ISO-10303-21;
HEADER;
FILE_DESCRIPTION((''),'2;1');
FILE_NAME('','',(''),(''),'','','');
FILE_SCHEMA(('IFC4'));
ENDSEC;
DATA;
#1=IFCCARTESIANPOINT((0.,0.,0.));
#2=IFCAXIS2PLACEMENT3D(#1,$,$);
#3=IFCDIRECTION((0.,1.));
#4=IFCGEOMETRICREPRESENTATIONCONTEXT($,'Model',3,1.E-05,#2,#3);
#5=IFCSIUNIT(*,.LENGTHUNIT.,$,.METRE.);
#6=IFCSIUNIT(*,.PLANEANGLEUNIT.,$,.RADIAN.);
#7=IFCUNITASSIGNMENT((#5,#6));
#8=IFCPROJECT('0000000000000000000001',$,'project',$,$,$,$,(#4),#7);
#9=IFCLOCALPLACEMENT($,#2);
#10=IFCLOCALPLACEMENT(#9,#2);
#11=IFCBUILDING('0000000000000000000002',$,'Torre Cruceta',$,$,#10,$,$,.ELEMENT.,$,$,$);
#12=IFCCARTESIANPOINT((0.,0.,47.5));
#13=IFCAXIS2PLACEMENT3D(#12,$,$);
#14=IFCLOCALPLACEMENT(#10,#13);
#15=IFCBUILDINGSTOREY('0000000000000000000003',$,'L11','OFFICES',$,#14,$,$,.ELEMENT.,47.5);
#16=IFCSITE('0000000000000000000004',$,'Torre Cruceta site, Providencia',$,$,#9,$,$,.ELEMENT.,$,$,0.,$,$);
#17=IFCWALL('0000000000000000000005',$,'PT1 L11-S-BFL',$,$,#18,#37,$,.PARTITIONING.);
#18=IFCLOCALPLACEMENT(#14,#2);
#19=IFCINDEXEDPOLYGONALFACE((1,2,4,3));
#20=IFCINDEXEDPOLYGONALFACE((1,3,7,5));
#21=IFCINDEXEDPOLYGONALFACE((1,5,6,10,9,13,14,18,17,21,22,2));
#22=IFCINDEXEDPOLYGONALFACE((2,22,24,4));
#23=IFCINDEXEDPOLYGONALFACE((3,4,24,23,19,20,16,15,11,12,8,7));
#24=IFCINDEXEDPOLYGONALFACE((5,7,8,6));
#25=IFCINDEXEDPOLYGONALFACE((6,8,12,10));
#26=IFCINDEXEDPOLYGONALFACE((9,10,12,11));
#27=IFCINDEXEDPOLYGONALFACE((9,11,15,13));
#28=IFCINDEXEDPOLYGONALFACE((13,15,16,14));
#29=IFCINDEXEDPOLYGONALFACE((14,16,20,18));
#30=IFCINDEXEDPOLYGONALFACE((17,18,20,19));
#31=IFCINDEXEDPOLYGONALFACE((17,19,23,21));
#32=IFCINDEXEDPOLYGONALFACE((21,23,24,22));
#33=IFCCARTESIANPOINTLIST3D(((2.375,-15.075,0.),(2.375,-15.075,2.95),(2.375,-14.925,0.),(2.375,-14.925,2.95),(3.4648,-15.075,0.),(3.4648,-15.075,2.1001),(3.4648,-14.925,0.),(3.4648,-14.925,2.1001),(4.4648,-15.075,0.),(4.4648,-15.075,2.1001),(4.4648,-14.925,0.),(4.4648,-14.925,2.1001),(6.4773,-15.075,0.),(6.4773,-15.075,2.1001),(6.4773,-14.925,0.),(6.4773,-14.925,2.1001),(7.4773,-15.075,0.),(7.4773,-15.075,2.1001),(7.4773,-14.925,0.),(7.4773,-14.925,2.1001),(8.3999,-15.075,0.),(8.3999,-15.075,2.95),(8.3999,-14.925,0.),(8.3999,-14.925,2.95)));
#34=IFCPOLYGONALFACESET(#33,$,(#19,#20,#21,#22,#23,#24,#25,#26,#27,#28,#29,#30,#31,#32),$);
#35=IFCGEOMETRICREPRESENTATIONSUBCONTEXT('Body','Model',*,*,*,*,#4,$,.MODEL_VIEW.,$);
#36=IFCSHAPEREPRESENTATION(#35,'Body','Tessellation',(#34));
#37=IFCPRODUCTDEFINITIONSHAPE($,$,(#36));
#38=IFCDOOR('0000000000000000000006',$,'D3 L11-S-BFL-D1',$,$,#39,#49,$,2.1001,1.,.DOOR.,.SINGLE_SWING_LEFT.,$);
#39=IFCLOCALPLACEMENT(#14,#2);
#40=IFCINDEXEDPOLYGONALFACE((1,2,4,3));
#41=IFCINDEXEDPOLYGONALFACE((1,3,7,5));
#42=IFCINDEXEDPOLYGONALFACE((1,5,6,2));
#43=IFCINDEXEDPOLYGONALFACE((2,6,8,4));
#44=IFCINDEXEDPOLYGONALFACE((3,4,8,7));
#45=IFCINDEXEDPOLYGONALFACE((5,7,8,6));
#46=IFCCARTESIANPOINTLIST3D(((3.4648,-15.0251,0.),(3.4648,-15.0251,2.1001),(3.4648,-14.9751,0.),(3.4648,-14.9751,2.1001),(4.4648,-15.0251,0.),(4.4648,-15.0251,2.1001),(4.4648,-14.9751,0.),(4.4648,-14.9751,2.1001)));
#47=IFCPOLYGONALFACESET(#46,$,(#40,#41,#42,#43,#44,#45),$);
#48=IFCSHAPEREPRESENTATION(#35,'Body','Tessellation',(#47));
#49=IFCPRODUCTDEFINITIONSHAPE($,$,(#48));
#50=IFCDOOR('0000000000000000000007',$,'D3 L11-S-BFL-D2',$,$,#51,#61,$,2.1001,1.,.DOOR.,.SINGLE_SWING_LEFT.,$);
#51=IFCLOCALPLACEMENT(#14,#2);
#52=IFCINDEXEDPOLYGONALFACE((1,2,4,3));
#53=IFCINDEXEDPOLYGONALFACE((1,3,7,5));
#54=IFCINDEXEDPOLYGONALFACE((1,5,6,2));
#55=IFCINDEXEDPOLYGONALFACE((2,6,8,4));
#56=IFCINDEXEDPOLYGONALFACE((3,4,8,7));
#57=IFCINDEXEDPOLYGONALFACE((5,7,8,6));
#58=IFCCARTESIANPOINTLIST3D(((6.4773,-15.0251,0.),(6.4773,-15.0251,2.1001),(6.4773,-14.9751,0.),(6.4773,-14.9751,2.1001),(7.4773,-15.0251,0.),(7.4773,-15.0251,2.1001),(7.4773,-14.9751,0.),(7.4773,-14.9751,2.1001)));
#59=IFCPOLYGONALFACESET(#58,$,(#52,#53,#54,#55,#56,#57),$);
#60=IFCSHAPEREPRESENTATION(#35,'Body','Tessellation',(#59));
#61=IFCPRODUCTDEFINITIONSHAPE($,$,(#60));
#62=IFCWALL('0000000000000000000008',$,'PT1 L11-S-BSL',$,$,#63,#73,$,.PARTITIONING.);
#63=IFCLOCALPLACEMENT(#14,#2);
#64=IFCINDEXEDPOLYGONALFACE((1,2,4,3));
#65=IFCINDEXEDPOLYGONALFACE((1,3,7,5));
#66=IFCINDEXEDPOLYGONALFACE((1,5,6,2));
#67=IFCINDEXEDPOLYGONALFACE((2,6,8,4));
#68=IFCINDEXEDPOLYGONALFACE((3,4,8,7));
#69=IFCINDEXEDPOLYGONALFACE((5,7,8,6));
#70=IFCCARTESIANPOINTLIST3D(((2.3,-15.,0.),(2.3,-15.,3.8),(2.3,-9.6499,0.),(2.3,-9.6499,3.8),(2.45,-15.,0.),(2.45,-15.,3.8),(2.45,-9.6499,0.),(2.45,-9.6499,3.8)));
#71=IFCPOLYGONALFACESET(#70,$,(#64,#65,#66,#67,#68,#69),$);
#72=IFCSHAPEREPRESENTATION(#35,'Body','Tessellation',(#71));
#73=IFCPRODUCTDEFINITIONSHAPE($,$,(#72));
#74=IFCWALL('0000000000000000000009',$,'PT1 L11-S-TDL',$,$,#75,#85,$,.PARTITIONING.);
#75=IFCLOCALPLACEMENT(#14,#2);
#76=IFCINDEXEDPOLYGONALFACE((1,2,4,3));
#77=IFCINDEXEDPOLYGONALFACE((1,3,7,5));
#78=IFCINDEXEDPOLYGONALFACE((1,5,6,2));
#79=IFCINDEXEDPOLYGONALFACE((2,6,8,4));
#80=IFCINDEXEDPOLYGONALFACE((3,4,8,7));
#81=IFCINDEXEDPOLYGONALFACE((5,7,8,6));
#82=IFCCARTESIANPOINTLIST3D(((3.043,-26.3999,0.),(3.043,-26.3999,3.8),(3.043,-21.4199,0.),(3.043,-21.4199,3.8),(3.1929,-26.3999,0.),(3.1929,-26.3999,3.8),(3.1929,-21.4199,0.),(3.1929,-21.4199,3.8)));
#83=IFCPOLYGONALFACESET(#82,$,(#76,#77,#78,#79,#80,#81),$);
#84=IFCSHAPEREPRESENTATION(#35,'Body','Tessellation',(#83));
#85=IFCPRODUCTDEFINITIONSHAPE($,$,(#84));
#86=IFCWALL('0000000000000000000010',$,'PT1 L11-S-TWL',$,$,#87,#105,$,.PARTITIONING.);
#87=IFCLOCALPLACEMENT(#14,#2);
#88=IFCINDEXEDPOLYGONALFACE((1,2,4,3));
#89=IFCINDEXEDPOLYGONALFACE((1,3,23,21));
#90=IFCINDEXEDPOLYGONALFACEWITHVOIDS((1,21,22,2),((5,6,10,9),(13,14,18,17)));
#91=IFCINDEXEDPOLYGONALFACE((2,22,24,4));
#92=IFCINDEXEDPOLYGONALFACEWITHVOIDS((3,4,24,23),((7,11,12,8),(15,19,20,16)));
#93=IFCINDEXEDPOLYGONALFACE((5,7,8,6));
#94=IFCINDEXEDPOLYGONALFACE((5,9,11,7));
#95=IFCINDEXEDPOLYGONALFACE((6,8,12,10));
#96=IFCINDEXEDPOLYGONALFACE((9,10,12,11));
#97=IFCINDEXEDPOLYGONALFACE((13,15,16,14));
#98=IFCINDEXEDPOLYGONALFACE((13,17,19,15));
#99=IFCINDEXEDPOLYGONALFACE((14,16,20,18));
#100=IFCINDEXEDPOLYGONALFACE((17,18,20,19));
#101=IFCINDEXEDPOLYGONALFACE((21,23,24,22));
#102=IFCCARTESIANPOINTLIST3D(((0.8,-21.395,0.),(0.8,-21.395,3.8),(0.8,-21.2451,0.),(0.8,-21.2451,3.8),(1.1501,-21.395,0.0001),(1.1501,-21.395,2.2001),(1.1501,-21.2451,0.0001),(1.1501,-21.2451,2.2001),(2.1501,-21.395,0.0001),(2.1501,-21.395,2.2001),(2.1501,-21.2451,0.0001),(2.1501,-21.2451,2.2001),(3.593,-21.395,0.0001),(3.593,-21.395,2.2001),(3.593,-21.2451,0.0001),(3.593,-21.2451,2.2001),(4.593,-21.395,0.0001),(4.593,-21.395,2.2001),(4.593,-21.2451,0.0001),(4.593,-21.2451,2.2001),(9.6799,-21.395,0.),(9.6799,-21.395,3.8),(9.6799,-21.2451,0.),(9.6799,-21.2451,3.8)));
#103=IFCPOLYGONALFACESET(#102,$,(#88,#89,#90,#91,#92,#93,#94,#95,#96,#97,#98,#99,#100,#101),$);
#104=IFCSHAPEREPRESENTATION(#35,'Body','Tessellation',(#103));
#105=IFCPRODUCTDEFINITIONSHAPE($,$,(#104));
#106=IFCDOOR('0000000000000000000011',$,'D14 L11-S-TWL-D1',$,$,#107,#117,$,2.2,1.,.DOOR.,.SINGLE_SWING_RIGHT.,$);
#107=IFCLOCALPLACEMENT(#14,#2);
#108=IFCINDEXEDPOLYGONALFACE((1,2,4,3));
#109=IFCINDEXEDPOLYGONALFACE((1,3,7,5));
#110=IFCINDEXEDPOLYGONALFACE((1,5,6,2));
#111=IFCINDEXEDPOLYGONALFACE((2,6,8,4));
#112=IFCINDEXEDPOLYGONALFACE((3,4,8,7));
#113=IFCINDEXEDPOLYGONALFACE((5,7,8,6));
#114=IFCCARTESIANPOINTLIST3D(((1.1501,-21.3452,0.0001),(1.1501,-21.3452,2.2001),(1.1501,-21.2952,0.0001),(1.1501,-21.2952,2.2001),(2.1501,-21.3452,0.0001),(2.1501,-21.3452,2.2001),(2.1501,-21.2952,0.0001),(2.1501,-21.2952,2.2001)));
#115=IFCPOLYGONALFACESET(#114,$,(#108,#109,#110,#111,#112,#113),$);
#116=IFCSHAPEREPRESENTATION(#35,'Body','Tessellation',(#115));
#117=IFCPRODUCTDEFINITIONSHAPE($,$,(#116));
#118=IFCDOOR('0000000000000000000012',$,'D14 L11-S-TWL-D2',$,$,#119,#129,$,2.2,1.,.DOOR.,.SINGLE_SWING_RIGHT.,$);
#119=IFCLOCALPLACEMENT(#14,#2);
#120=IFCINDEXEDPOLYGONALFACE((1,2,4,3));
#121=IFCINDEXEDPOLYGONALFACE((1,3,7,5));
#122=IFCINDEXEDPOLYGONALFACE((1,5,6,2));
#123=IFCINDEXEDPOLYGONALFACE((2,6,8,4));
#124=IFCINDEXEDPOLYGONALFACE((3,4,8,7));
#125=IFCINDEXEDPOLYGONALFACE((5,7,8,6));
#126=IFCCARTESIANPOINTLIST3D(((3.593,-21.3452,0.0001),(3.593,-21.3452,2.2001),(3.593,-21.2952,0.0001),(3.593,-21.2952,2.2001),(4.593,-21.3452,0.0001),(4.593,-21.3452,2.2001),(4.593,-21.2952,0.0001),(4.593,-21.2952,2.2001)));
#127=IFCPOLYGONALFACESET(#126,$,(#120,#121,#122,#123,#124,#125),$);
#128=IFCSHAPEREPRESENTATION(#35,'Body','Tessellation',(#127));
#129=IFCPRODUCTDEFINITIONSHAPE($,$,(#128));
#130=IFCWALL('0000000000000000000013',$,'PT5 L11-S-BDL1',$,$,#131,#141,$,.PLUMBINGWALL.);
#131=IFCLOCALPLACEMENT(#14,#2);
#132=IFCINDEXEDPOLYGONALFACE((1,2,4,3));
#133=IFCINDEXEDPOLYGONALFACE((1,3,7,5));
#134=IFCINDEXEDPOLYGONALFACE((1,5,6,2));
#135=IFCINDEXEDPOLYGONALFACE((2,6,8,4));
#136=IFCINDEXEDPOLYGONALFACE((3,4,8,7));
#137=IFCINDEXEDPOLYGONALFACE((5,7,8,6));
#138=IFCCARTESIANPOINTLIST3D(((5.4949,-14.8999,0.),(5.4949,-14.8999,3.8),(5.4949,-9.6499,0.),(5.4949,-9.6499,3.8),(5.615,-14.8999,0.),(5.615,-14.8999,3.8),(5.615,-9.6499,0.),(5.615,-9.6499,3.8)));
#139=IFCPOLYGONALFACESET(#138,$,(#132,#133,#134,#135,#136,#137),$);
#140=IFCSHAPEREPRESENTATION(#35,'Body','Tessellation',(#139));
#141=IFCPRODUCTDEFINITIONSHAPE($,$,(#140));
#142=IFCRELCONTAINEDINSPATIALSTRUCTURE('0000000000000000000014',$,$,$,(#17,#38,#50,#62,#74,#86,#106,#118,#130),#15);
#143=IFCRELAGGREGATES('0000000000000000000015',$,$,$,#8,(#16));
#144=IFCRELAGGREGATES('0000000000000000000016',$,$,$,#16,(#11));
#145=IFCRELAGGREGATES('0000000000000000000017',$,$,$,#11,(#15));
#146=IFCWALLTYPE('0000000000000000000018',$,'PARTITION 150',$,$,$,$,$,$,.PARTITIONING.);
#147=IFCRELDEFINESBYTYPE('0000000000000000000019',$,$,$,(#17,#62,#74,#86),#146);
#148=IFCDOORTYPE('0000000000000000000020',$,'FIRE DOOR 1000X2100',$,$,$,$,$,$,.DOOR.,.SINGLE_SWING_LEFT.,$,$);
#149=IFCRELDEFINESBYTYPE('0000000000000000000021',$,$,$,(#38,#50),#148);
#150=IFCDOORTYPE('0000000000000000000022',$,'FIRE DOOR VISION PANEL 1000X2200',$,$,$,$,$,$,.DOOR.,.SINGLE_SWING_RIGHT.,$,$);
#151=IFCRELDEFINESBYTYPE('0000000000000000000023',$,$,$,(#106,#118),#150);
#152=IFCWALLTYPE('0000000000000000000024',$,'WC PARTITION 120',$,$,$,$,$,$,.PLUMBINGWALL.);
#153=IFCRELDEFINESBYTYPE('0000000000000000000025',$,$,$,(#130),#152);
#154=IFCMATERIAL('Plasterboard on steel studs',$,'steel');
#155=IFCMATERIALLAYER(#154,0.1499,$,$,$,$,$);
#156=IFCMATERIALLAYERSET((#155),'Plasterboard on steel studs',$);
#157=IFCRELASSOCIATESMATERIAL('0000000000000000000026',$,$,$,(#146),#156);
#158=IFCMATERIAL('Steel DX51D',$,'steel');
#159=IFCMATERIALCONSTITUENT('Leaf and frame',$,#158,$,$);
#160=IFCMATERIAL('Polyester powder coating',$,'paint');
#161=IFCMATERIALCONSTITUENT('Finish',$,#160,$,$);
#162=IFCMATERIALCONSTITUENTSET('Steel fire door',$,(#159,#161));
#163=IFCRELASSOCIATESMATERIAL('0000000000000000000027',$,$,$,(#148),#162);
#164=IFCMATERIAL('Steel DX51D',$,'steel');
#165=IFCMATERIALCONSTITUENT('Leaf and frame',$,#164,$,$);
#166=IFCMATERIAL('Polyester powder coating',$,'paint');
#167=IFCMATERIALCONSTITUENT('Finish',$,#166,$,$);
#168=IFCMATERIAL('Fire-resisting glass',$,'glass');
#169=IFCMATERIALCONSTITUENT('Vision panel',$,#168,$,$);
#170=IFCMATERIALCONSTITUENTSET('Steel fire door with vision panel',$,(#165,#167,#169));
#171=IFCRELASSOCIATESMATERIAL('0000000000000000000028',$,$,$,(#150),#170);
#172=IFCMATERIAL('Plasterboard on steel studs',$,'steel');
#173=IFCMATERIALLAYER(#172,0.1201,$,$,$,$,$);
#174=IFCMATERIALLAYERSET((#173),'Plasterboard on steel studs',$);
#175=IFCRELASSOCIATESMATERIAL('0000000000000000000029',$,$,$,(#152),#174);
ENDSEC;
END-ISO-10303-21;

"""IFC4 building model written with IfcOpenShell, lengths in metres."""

from ifc_helpers import new_model, si_unit, direction, frame, frame_2d, origin, place, context, subcontext, project, spatial, rectangle, extrude, material, layer, layer_set, constituent, constituent_set, type_object, element, fill, save


model = new_model("IFC4")

# Units and contexts
model_context = context("Model", 3, precision=1e-05, world=origin(), true_north=direction((0.0, 1.0)))
body_context = subcontext(model_context, "Body", "Model", "MODEL_VIEW")
ifc_project = project(units=[si_unit("LENGTHUNIT", "METRE"), si_unit("PLANEANGLEUNIT", "RADIAN")], contexts=[model_context])

# Site, building, storey
site_placement = place(None, origin())
site = spatial("IfcSite", under=ifc_project, at=site_placement, Name="Torre Cruceta site, Providencia", CompositionType="ELEMENT", RefElevation=0.0)
building_placement = place(site_placement, origin())
building = spatial("IfcBuilding", under=site, at=building_placement, Name="Torre Cruceta", CompositionType="ELEMENT")
storey_placement = place(building_placement, frame((0.0, 0.0, 47.5)))
storey = spatial("IfcBuildingStorey", under=building, at=storey_placement, Name="L11", Description="OFFICES", CompositionType="ELEMENT", Elevation=47.5)

# Wall, openings, doors
ifc_material_1 = material(Name="Plasterboard on steel studs", Category="steel")
ifc_layer_1 = layer(ifc_material_1, 0.1499)
ifc_layer_set_1 = layer_set([ifc_layer_1], Name="Plasterboard on steel studs")
wall_type_1 = type_object("IfcWallType", Name="PARTITION 150", PredefinedType="PARTITIONING", material=ifc_layer_set_1)
wall_1_placement = place(storey_placement, frame((2.375, -15.0, 0.0), z_axis=(0.0, 0.0, 1.0), x_axis=(1.0, 0.0, 0.0)))
wall_1 = element("IfcWall", 1, at=wall_1_placement, inside=storey, type_object=wall_type_1, Name="PT1 L11-S-BFL", PredefinedType="PARTITIONING", context=body_context, shape_type="SweptSolid", body=[
    extrude(rectangle(XDim=6.0249, YDim=0.1499, at=frame_2d((3.0125, 0.0))), origin(), (0.0, 0.0, 1.0), 2.95),
])
opening_1_placement = place(wall_1_placement, frame((1.0898, 0.0, 0.0)))
opening_1 = element("IfcOpeningElement", 2, at=opening_1_placement, cuts=wall_1, PredefinedType="OPENING", context=body_context, shape_type="SweptSolid", body=[
    extrude(rectangle(XDim=1.0, YDim=2.1001, at=frame_2d((0.5, 1.05))), frame((0.0, 0.085, 0.0), z_axis=(0.0, -1.0, 0.0), x_axis=(1.0, 0.0, 0.0)), (0.0, 0.0, 1.0), 0.1699),
])
opening_2_placement = place(wall_1_placement, frame((4.1023, 0.0, 0.0)))
opening_2 = element("IfcOpeningElement", 3, at=opening_2_placement, cuts=wall_1, PredefinedType="OPENING", context=body_context, shape_type="SweptSolid", body=[
    extrude(rectangle(XDim=1.0, YDim=2.1001, at=frame_2d((0.5, 1.05))), frame((0.0, 0.085, 0.0), z_axis=(0.0, -1.0, 0.0), x_axis=(1.0, 0.0, 0.0)), (0.0, 0.0, 1.0), 0.1699),
])
ifc_material_2 = material(Name="Steel DX51D", Category="steel")
ifc_constituent_1 = constituent(ifc_material_2, Name="Leaf and frame")
ifc_material_3 = material(Name="Polyester powder coating", Category="paint")
ifc_constituent_2 = constituent(ifc_material_3, Name="Finish")
ifc_constituent_set_1 = constituent_set(constituents=[ifc_constituent_1, ifc_constituent_2], Name="Steel fire door")
door_type_1 = type_object("IfcDoorType", Name="FIRE DOOR 1000X2100", OperationType="SINGLE_SWING_LEFT", PredefinedType="DOOR", material=ifc_constituent_set_1)
door_1_placement = place(opening_1_placement, origin())
door_1 = element("IfcDoor", 4, at=door_1_placement, inside=storey, type_object=door_type_1, Name="D3 L11-S-BFL-D1", OperationType="SINGLE_SWING_LEFT", OverallHeight=2.1001, OverallWidth=1.0, PredefinedType="DOOR", context=body_context, shape_type="SweptSolid", body=[
    extrude(rectangle(XDim=1.0, YDim=2.1001, at=frame_2d((0.5, 1.05))), frame((0.0, 0.0249, 0.0), z_axis=(0.0, -1.0, 0.0), x_axis=(1.0, 0.0, 0.0)), (0.0, 0.0, 1.0), 0.05),
])
fill(opening_1, door_1)
door_2_placement = place(opening_2_placement, origin())
door_2 = element("IfcDoor", 5, at=door_2_placement, inside=storey, type_object=door_type_1, Name="D3 L11-S-BFL-D2", OperationType="SINGLE_SWING_LEFT", OverallHeight=2.1001, OverallWidth=1.0, PredefinedType="DOOR", context=body_context, shape_type="SweptSolid", body=[
    extrude(rectangle(XDim=1.0, YDim=2.1001, at=frame_2d((0.5, 1.05))), frame((0.0, 0.0249, 0.0), z_axis=(0.0, -1.0, 0.0), x_axis=(1.0, 0.0, 0.0)), (0.0, 0.0, 1.0), 0.05),
])
fill(opening_2, door_2)

# Walls
wall_2_placement = place(storey_placement, frame((2.375, -9.6499, 0.0), z_axis=(0.0, 0.0, 1.0), x_axis=(0.0, -1.0, 0.0)))
element("IfcWall", 6, at=wall_2_placement, inside=storey, type_object=wall_type_1, Name="PT1 L11-S-BSL", PredefinedType="PARTITIONING", context=body_context, shape_type="SweptSolid", body=[
    extrude(rectangle(XDim=5.3501, YDim=0.1499, at=frame_2d((2.675, 0.0))), origin(), (0.0, 0.0, 1.0), 3.8),
])
wall_3_placement = place(storey_placement, frame((3.1179, -21.4199, 0.0), z_axis=(0.0, 0.0, 1.0), x_axis=(0.0, -1.0, 0.0)))
element("IfcWall", 7, at=wall_3_placement, inside=storey, type_object=wall_type_1, Name="PT1 L11-S-TDL", PredefinedType="PARTITIONING", context=body_context, shape_type="SweptSolid", body=[
    extrude(rectangle(XDim=4.98, YDim=0.1499, at=frame_2d((2.49, 0.0))), origin(), (0.0, 0.0, 1.0), 3.8),
])

# Wall, openings, doors
wall_4_placement = place(storey_placement, frame((0.8, -21.3201, 0.0), z_axis=(0.0, 0.0, 1.0), x_axis=(1.0, 0.0, 0.0)))
wall_4 = element("IfcWall", 8, at=wall_4_placement, inside=storey, type_object=wall_type_1, Name="PT1 L11-S-TWL", PredefinedType="PARTITIONING", context=body_context, shape_type="SweptSolid", body=[
    extrude(rectangle(XDim=8.8799, YDim=0.1499, at=frame_2d((4.4399, 0.0))), origin(), (0.0, 0.0, 1.0), 3.8),
])
opening_3_placement = place(wall_4_placement, frame((0.3501, 0.0, 0.0)))
opening_3 = element("IfcOpeningElement", 9, at=opening_3_placement, cuts=wall_4, PredefinedType="OPENING", context=body_context, shape_type="SweptSolid", body=[
    extrude(rectangle(XDim=1.0, YDim=2.2, at=frame_2d((0.5, 1.1001))), frame((0.0, 0.085, 0.0), z_axis=(0.0, -1.0, 0.0), x_axis=(1.0, 0.0, 0.0)), (0.0, 0.0, 1.0), 0.1699),
])
opening_4_placement = place(wall_4_placement, frame((2.793, 0.0, 0.0)))
opening_4 = element("IfcOpeningElement", 10, at=opening_4_placement, cuts=wall_4, PredefinedType="OPENING", context=body_context, shape_type="SweptSolid", body=[
    extrude(rectangle(XDim=1.0, YDim=2.2, at=frame_2d((0.5, 1.1001))), frame((0.0, 0.085, 0.0), z_axis=(0.0, -1.0, 0.0), x_axis=(1.0, 0.0, 0.0)), (0.0, 0.0, 1.0), 0.1699),
])
ifc_material_4 = material(Name="Steel DX51D", Category="steel")
ifc_constituent_3 = constituent(ifc_material_4, Name="Leaf and frame")
ifc_material_5 = material(Name="Polyester powder coating", Category="paint")
ifc_constituent_4 = constituent(ifc_material_5, Name="Finish")
ifc_material_6 = material(Name="Fire-resisting glass", Category="glass")
ifc_constituent_5 = constituent(ifc_material_6, Name="Vision panel")
ifc_constituent_set_2 = constituent_set(constituents=[ifc_constituent_3, ifc_constituent_4, ifc_constituent_5], Name="Steel fire door with vision panel")
door_type_2 = type_object("IfcDoorType", Name="FIRE DOOR VISION PANEL 1000X2200", OperationType="SINGLE_SWING_RIGHT", PredefinedType="DOOR", material=ifc_constituent_set_2)
door_3_placement = place(opening_3_placement, frame((1.0, 0.0, 0.0), z_axis=(0.0, 0.0, 1.0), x_axis=(-1.0, 0.0, 0.0)))
door_3 = element("IfcDoor", 11, at=door_3_placement, inside=storey, type_object=door_type_2, Name="D14 L11-S-TWL-D1", OperationType="SINGLE_SWING_RIGHT", OverallHeight=2.2, OverallWidth=1.0, PredefinedType="DOOR", context=body_context, shape_type="SweptSolid", body=[
    extrude(rectangle(XDim=1.0, YDim=2.2, at=frame_2d((0.5, 1.1001))), frame((0.0, 0.0251, 0.0), z_axis=(0.0, -1.0, 0.0), x_axis=(1.0, 0.0, 0.0)), (0.0, 0.0, 1.0), 0.05),
])
fill(opening_3, door_3)
door_4_placement = place(opening_4_placement, frame((1.0, 0.0, 0.0), z_axis=(0.0, 0.0, 1.0), x_axis=(-1.0, 0.0, 0.0)))
door_4 = element("IfcDoor", 12, at=door_4_placement, inside=storey, type_object=door_type_2, Name="D14 L11-S-TWL-D2", OperationType="SINGLE_SWING_RIGHT", OverallHeight=2.2, OverallWidth=1.0, PredefinedType="DOOR", context=body_context, shape_type="SweptSolid", body=[
    extrude(rectangle(XDim=1.0, YDim=2.2, at=frame_2d((0.5, 1.1001))), frame((0.0, 0.0251, 0.0), z_axis=(0.0, -1.0, 0.0), x_axis=(1.0, 0.0, 0.0)), (0.0, 0.0, 1.0), 0.05),
])
fill(opening_4, door_4)

# Wall
ifc_material_7 = material(Name="Plasterboard on steel studs", Category="steel")
ifc_layer_2 = layer(ifc_material_7, 0.1201)
ifc_layer_set_2 = layer_set([ifc_layer_2], Name="Plasterboard on steel studs")
wall_type_2 = type_object("IfcWallType", Name="WC PARTITION 120", PredefinedType="PLUMBINGWALL", material=ifc_layer_set_2)
wall_5_placement = place(storey_placement, frame((5.5549, -9.6499, 0.0), z_axis=(0.0, 0.0, 1.0), x_axis=(0.0, -1.0, 0.0)))
element("IfcWall", 13, at=wall_5_placement, inside=storey, type_object=wall_type_2, Name="PT5 L11-S-BDL1", PredefinedType="PLUMBINGWALL", context=body_context, shape_type="SweptSolid", body=[
    extrude(rectangle(XDim=5.25, YDim=0.1201, at=frame_2d((2.625, 0.0))), origin(), (0.0, 0.0, 1.0), 3.8),
])

save(model, "model.ifc")
